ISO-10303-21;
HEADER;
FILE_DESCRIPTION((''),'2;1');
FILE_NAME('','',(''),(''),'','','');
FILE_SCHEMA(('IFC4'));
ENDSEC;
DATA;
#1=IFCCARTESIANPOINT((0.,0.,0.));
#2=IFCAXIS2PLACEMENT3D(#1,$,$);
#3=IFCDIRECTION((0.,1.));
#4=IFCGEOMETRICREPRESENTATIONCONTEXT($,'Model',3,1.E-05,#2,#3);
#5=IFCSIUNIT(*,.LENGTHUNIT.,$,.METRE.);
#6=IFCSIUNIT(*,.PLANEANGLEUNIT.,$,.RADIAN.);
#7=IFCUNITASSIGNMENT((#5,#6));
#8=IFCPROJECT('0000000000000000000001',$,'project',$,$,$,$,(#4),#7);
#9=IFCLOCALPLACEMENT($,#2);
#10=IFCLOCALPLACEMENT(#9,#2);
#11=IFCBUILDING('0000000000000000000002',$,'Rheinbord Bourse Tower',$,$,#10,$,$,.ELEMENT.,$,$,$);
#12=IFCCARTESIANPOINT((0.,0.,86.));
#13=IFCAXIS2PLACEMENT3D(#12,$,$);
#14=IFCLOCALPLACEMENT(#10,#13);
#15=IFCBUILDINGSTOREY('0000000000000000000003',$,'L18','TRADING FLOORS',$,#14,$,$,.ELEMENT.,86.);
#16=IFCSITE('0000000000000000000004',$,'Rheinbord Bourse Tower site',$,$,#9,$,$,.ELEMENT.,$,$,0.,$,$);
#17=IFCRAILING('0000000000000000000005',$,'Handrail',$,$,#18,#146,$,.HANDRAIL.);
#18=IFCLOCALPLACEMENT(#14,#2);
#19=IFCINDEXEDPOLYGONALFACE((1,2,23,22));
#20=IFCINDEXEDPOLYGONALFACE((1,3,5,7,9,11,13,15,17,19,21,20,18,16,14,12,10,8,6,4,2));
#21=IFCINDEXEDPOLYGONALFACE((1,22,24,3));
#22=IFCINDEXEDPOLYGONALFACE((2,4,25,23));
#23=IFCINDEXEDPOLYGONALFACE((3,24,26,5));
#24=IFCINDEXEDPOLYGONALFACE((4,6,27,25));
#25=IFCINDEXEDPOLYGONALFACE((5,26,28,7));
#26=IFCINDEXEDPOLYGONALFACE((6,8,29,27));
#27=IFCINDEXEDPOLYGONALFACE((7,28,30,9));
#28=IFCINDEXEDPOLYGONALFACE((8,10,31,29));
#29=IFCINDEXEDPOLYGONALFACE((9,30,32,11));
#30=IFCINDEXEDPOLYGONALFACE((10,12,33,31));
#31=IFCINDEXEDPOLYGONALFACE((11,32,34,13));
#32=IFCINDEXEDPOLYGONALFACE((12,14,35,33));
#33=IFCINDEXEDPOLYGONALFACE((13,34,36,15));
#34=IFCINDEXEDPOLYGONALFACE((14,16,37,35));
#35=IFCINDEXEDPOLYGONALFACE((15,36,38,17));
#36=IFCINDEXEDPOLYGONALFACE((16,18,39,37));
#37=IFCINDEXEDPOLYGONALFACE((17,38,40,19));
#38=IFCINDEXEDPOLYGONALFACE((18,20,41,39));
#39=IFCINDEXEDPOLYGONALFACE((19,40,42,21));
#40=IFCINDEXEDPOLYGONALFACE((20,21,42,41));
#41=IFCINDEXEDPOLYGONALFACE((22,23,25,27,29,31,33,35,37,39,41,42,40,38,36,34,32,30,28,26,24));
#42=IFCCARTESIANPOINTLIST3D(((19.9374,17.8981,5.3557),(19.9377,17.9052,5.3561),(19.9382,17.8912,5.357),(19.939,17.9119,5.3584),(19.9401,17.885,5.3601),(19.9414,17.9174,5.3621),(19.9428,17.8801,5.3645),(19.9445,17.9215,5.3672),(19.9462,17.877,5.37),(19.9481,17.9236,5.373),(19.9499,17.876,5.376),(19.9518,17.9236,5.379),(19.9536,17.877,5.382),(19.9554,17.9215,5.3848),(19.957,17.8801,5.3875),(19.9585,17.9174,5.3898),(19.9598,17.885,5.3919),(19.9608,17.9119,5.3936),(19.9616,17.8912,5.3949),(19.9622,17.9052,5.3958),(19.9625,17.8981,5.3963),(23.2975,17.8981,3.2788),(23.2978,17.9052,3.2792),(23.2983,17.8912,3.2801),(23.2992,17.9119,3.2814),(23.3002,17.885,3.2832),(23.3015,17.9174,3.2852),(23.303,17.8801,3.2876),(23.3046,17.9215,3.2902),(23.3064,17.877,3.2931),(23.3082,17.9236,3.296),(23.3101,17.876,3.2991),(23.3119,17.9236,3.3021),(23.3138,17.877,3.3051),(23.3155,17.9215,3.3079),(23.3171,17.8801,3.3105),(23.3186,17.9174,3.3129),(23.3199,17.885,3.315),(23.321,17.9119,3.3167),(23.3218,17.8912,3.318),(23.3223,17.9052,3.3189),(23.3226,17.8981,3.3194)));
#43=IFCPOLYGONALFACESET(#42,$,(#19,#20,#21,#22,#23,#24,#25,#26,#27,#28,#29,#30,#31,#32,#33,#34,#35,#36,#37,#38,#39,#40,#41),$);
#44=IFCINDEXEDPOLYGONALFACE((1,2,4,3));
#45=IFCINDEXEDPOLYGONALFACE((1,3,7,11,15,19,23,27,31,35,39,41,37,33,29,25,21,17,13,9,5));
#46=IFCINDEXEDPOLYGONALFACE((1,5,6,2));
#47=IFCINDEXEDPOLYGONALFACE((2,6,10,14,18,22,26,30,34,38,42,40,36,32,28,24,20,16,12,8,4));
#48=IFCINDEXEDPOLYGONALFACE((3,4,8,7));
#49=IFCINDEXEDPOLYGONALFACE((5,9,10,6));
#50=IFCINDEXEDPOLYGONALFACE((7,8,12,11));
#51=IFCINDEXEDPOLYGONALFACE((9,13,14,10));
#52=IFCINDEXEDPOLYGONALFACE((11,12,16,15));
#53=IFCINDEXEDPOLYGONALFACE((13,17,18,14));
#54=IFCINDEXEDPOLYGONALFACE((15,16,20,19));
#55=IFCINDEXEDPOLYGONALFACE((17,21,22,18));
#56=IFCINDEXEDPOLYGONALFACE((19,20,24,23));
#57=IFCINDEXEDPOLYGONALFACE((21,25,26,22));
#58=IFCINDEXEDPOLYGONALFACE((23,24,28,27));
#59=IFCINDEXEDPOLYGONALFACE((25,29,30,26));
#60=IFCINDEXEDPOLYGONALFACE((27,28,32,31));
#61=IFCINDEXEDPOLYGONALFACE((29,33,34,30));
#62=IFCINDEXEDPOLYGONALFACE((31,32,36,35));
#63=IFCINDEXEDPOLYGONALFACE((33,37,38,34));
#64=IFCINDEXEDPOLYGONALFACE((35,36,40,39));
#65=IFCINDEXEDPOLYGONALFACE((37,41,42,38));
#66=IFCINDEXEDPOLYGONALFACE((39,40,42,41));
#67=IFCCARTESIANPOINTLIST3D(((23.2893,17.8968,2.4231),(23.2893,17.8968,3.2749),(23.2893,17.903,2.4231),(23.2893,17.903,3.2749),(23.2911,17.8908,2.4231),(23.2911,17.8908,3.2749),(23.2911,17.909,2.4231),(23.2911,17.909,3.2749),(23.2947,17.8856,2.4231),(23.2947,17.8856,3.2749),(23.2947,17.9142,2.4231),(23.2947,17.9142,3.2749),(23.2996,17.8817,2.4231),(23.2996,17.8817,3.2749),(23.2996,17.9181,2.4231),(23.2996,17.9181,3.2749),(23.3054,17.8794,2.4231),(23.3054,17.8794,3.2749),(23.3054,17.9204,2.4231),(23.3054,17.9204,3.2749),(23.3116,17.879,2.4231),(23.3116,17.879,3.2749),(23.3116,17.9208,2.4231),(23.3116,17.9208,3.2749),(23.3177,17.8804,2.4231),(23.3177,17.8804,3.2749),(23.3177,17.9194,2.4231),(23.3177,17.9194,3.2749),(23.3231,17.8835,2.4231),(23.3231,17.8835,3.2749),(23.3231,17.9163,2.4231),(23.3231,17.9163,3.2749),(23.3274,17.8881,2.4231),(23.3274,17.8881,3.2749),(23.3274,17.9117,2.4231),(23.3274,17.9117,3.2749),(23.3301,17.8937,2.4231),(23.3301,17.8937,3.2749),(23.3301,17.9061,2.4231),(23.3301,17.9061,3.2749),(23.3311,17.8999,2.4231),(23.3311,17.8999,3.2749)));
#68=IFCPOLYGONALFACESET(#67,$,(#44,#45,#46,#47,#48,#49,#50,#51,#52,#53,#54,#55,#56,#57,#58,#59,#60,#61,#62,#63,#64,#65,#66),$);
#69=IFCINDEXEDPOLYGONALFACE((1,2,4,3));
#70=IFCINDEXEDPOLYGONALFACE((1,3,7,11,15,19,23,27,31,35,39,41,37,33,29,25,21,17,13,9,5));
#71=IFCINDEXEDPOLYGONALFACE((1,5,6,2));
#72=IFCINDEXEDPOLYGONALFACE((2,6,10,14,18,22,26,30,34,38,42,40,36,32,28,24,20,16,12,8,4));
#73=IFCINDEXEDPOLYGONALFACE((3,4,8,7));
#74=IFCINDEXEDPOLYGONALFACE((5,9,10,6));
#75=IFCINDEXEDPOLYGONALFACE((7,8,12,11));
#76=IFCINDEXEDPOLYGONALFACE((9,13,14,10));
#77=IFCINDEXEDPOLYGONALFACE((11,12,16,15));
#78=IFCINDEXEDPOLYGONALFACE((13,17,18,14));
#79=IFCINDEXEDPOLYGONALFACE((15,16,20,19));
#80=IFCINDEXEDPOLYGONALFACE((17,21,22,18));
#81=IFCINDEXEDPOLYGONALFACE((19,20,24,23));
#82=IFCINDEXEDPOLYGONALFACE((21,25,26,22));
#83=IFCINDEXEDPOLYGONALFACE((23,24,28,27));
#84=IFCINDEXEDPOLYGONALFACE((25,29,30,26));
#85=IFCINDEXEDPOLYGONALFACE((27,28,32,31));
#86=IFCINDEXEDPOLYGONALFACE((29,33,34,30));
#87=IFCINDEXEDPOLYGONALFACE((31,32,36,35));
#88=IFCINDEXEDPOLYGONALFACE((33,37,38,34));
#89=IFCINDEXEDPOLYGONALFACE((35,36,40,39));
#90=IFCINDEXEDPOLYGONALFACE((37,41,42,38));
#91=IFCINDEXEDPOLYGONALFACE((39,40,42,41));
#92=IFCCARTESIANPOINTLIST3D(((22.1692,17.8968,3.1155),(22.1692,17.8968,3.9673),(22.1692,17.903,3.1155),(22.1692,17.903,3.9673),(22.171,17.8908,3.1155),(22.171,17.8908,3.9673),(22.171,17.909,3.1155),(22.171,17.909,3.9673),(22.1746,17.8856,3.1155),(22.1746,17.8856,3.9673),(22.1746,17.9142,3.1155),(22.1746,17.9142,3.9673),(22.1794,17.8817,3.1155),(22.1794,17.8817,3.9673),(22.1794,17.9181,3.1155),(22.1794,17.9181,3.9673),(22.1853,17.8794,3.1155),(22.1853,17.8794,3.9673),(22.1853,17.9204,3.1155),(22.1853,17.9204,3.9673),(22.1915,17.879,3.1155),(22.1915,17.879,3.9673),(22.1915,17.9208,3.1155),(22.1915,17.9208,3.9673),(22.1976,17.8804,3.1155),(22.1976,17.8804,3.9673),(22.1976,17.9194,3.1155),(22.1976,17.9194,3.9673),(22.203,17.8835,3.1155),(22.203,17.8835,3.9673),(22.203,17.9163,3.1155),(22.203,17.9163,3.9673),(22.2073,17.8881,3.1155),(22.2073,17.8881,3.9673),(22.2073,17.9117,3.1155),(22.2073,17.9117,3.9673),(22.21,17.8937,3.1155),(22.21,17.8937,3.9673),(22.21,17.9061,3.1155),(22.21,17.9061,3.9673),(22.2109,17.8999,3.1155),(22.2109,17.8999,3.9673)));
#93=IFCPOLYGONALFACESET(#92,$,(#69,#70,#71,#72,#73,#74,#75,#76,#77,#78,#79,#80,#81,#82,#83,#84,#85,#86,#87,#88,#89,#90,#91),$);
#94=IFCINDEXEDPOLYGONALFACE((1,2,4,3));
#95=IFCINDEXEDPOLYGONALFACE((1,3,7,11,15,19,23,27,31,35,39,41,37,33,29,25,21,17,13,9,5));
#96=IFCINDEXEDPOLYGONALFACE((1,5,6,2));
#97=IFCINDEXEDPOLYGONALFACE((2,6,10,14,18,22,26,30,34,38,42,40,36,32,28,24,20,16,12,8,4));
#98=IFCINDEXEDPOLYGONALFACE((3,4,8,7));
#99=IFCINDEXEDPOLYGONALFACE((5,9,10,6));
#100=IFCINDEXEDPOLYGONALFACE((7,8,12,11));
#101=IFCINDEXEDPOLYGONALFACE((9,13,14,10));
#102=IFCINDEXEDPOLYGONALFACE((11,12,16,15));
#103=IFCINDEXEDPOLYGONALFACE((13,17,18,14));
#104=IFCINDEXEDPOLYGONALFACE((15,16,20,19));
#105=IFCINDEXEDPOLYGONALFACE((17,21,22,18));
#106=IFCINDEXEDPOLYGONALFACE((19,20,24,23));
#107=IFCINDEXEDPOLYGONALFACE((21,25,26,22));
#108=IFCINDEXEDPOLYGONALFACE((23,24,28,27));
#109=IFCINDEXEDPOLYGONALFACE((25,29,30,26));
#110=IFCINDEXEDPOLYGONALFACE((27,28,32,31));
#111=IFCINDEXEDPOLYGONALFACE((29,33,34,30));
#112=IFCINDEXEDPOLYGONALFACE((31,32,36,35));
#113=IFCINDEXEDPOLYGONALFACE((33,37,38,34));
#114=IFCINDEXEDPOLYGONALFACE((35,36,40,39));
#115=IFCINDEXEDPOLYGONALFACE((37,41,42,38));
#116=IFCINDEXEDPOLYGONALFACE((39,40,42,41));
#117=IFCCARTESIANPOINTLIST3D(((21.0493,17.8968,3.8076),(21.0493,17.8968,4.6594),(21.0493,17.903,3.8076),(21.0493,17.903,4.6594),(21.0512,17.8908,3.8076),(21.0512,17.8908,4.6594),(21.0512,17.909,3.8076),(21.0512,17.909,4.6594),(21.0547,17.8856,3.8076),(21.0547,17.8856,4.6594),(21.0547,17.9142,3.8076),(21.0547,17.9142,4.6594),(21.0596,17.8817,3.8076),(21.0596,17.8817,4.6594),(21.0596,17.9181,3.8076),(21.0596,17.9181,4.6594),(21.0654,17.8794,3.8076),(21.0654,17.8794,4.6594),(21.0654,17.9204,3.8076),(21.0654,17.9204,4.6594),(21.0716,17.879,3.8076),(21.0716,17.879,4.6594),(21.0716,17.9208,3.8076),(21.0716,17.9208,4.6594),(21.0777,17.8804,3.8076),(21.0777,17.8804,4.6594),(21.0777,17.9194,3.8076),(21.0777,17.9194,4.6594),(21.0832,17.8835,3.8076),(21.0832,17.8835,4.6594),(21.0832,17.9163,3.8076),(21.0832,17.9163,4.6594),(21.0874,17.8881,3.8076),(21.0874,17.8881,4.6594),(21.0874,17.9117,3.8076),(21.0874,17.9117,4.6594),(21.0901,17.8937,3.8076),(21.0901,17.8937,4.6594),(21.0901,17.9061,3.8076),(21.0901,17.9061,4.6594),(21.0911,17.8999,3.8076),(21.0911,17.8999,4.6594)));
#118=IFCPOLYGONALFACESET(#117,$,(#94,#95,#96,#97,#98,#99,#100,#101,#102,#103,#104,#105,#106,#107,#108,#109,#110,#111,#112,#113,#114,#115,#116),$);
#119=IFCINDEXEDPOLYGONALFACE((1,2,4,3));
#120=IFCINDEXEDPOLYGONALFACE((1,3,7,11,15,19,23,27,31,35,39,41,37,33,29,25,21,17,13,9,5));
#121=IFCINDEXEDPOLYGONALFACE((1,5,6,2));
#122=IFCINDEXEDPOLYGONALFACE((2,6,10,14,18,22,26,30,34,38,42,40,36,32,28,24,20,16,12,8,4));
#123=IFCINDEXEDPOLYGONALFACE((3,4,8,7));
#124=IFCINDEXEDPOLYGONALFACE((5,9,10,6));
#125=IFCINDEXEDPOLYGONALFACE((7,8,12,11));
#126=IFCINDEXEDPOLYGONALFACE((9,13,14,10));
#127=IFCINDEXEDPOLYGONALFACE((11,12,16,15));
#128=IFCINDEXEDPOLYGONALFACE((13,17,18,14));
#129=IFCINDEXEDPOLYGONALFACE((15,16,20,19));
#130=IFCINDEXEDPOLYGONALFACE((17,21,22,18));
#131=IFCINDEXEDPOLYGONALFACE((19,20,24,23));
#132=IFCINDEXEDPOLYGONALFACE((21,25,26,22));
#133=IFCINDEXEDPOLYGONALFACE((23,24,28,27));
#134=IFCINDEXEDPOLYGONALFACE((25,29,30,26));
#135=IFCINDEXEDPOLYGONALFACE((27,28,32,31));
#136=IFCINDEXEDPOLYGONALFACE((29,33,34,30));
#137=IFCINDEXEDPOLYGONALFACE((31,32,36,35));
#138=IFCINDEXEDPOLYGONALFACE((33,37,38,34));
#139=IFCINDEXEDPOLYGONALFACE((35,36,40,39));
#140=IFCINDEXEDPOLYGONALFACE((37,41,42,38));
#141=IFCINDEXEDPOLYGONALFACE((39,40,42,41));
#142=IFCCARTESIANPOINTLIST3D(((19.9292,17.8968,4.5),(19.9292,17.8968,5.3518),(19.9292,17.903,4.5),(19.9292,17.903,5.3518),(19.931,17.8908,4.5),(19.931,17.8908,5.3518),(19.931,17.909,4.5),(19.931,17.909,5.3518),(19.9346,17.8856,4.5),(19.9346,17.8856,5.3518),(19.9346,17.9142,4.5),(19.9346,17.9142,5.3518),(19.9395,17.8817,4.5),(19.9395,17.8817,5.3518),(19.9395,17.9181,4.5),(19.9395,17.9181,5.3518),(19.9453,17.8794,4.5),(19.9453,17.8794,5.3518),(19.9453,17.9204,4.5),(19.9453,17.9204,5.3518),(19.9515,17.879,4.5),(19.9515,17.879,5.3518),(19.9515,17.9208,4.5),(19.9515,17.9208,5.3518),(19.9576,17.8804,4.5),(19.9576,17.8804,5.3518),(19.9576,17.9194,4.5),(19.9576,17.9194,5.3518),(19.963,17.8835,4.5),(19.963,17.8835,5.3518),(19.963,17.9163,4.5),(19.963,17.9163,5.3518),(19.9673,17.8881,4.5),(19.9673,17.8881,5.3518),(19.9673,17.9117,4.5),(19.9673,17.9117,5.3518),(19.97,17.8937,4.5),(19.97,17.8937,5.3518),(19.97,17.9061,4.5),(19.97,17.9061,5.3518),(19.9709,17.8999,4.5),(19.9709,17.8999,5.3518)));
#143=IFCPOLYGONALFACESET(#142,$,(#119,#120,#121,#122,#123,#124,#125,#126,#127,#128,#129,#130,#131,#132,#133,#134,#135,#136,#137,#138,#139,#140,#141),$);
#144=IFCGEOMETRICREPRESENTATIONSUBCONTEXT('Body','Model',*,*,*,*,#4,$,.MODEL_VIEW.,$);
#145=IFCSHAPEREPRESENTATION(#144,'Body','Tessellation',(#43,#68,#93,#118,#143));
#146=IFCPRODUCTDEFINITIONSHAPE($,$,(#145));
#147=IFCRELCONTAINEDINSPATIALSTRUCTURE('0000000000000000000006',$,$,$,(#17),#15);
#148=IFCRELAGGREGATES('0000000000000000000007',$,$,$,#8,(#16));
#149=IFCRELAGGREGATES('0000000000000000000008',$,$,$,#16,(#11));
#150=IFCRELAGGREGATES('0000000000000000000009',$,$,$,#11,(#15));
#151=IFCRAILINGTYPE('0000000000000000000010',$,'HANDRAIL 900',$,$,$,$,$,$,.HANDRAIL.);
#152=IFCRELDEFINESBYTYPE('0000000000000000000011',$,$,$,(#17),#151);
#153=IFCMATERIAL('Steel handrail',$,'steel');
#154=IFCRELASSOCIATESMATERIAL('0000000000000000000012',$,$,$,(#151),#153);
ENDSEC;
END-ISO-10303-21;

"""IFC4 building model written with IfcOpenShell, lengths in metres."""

from ifc_helpers import new_model, si_unit, direction, frame, origin, origin_2d, place, context, subcontext, project, spatial, circle, extrude, material, type_object, element, save


model = new_model("IFC4")

# Units and contexts
model_context = context("Model", 3, precision=1e-05, world=origin(), true_north=direction((0.0, 1.0)))
body_context = subcontext(model_context, "Body", "Model", "MODEL_VIEW")
ifc_project = project(units=[si_unit("LENGTHUNIT", "METRE"), si_unit("PLANEANGLEUNIT", "RADIAN")], contexts=[model_context])

# Site, building, storey
site_placement = place(None, origin())
site = spatial("IfcSite", under=ifc_project, at=site_placement, Name="Rheinbord Bourse Tower site", CompositionType="ELEMENT", RefElevation=0.0)
building_placement = place(site_placement, origin())
building = spatial("IfcBuilding", under=site, at=building_placement, Name="Rheinbord Bourse Tower", CompositionType="ELEMENT")
storey_placement = place(building_placement, frame((0.0, 0.0, 86.0)))
storey = spatial("IfcBuildingStorey", under=building, at=storey_placement, Name="L18", Description="TRADING FLOORS", CompositionType="ELEMENT", Elevation=86.0)

# Railing
ifc_material_1 = material(Name="Steel handrail", Category="steel")
railing_type = type_object("IfcRailingType", Name="HANDRAIL 900", PredefinedType="HANDRAIL", material=ifc_material_1)
railing_1_placement = place(storey_placement, frame((23.3101, 17.8999, 2.4231)))
element("IfcRailing", 1, at=railing_1_placement, inside=storey, type_object=railing_type, Name="Handrail", PredefinedType="HANDRAIL", context=body_context, shape_type="SweptSolid", body=[
    extrude(circle(Radius=0.0239, at=origin_2d()), frame((0.0, 0.0, 0.876), z_axis=(-0.850623, 0.0, 0.525776), x_axis=(0.0, -1.0, 0.0)), (0.0, 0.0, 1.0), 3.9502),
    extrude(circle(Radius=0.021, at=origin_2d()), origin(), (0.0, 0.0, 1.0), 0.8518),
    extrude(circle(Radius=0.021, at=origin_2d()), frame((-1.1201, 0.0, 0.6924)), (0.0, 0.0, 1.0), 0.8518),
    extrude(circle(Radius=0.021, at=origin_2d()), frame((-2.24, 0.0, 1.3845)), (0.0, 0.0, 1.0), 0.8518),
    extrude(circle(Radius=0.021, at=origin_2d()), frame((-3.3601, 0.0, 2.0769)), (0.0, 0.0, 1.0), 0.8518),
])

save(model, "model.ifc")
